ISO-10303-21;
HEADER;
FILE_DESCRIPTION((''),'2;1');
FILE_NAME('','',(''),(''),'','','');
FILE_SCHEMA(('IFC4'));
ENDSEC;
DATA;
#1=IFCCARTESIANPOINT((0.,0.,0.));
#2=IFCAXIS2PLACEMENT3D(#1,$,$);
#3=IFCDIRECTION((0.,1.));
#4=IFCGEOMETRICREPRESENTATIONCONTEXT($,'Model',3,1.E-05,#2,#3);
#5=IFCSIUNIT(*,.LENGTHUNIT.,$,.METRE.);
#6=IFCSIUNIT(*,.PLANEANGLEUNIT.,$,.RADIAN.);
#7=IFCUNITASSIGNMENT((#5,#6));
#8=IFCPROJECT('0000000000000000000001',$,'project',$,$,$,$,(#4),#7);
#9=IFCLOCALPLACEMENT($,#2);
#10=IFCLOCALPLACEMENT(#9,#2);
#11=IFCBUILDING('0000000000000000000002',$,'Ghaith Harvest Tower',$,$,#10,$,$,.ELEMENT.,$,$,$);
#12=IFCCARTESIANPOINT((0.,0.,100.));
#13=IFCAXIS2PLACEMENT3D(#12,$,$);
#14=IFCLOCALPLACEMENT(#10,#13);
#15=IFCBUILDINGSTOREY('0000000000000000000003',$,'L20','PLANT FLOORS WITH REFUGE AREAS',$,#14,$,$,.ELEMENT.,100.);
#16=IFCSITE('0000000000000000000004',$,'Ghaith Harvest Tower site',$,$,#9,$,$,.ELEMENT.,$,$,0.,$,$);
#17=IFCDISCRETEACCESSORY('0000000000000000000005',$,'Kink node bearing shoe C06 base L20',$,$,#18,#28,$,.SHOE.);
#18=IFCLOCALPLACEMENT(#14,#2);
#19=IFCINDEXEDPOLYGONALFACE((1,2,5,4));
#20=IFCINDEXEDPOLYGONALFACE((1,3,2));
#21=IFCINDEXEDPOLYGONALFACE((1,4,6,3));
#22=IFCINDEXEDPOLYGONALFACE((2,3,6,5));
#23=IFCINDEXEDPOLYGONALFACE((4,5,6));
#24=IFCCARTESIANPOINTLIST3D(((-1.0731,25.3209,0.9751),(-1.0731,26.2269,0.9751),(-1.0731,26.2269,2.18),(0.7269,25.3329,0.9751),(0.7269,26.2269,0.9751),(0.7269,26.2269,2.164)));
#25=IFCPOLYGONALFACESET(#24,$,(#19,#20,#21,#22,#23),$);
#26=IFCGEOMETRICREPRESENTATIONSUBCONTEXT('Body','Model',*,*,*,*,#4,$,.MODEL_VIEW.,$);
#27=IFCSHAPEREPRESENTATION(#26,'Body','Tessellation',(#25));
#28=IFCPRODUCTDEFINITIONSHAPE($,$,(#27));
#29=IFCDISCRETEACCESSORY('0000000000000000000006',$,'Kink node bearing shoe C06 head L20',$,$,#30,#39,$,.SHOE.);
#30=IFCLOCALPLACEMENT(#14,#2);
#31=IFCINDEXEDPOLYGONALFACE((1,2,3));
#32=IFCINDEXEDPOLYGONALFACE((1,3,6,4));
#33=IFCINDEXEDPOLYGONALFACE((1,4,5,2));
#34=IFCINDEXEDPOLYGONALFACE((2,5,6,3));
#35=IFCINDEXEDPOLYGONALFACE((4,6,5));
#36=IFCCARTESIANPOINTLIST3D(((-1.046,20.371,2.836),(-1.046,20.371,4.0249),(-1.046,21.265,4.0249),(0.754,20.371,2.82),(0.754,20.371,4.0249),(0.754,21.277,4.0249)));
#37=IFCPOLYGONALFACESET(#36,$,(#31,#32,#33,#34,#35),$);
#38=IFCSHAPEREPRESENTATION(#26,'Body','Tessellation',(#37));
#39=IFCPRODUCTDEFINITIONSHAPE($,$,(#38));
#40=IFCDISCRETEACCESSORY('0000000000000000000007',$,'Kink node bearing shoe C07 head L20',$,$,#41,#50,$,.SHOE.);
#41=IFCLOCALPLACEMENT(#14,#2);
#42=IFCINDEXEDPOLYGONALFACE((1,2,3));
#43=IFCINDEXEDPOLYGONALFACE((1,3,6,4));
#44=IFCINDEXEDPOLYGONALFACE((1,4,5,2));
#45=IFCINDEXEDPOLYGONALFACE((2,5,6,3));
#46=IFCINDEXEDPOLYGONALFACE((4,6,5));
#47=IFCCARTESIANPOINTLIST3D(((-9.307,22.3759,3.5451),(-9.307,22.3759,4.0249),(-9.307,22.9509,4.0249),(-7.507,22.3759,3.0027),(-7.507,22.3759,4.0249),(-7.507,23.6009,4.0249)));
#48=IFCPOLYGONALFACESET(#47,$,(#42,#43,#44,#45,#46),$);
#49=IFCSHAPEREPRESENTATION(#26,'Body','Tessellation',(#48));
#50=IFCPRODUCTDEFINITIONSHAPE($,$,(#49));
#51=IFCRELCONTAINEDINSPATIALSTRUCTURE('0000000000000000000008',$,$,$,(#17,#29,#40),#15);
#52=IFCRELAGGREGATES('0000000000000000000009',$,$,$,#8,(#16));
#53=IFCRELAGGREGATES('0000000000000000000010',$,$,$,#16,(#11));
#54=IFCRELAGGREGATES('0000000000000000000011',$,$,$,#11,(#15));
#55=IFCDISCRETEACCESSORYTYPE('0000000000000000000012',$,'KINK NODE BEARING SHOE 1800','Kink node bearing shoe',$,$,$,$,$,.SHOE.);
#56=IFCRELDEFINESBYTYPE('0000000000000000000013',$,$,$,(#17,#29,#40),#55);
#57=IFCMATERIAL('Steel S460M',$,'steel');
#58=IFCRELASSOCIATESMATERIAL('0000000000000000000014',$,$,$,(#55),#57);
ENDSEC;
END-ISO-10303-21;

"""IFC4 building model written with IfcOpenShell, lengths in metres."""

from ifc_helpers import new_model, si_unit, direction, frame, origin, origin_2d, place, context, subcontext, project, spatial, rectangle, extrude, clip, halfspace, material, material_profile, profile_set, type_object, element, save


model = new_model("IFC4")

# Units and contexts
model_context = context("Model", 3, precision=1e-05, world=origin(), true_north=direction((0.0, 1.0)))
body_context = subcontext(model_context, "Body", "Model", "MODEL_VIEW")
ifc_project = project(units=[si_unit("LENGTHUNIT", "METRE"), si_unit("PLANEANGLEUNIT", "RADIAN")], contexts=[model_context])

# Site, building, storey
site_placement = place(None, origin())
site = spatial("IfcSite", under=ifc_project, at=site_placement, Name="Ghaith Harvest Tower site", CompositionType="ELEMENT", RefElevation=0.0)
building_placement = place(site_placement, origin())
building = spatial("IfcBuilding", under=site, at=building_placement, Name="Ghaith Harvest Tower", CompositionType="ELEMENT")
storey_placement = place(building_placement, frame((0.0, 0.0, 100.0)))
storey = spatial("IfcBuildingStorey", under=building, at=storey_placement, Name="L20", Description="PLANT FLOORS WITH REFUGE AREAS", CompositionType="ELEMENT", Elevation=100.0)

# Discrete accessories
ifc_material_1 = material(Name="Steel S460M", Category="steel")
ifc_material_profile_1 = material_profile(ifc_material_1, rectangle(XDim=1.8, YDim=1.8, at=origin_2d()), Name="KINK NODE BEARING SHOE 1800")
ifc_profile_set_1 = profile_set([ifc_material_profile_1], Name="Steel S460M")
discrete_accessory_type = type_object("IfcDiscreteAccessoryType", Name="KINK NODE BEARING SHOE 1800", Description="Kink node bearing shoe", PredefinedType="SHOE", material=ifc_profile_set_1)
discrete_accessory_1_placement = place(storey_placement, frame((-0.1731, 25.3269, 0.9751), z_axis=(0.0, 0.0, 1.0), x_axis=(1.0, 0.0, 0.0)))
element("IfcDiscreteAccessory", 1, at=discrete_accessory_1_placement, inside=storey, type_object=discrete_accessory_type, Name="Kink node bearing shoe C06 base L20", PredefinedType="SHOE", context=body_context, shape_type="Clipping", body=[
    clip(extrude(rectangle(XDim=1.8, YDim=1.8, at=origin_2d()), origin(), (0.0, 0.0, 1.0), 1.2146), halfspace(frame((0.0, 0.0, 0.0), z_axis=(0.00532, -0.799231, 0.601), x_axis=(1.0, 0.0, 0.0)), False)),
])
discrete_accessory_2_placement = place(storey_placement, frame((-0.146, 21.271, 2.8103), z_axis=(0.0, 0.0, 1.0), x_axis=(1.0, 0.0, 0.0)))
element("IfcDiscreteAccessory", 2, at=discrete_accessory_2_placement, inside=storey, type_object=discrete_accessory_type, Name="Kink node bearing shoe C06 head L20", PredefinedType="SHOE", context=body_context, shape_type="Clipping", body=[
    clip(extrude(rectangle(XDim=1.8, YDim=1.8, at=origin_2d()), origin(), (0.0, 0.0, 1.0), 1.2146), halfspace(frame((0.0, 0.0, 1.2146), z_axis=(-0.00532, 0.799231, -0.601), x_axis=(1.0, 0.0, 0.0)), False)),
])
discrete_accessory_3_placement = place(storey_placement, frame((-8.407, 23.2759, 2.9929), z_axis=(0.0, 0.0, 1.0), x_axis=(1.0, 0.0, 0.0)))
element("IfcDiscreteAccessory", 3, at=discrete_accessory_3_placement, inside=storey, type_object=discrete_accessory_type, Name="Kink node bearing shoe C07 head L20", PredefinedType="SHOE", context=body_context, shape_type="Clipping", body=[
    clip(extrude(rectangle(XDim=1.8, YDim=1.8, at=origin_2d()), origin(), (0.0, 0.0, 1.0), 1.032), halfspace(frame((0.0, 0.0, 1.032), z_axis=(-0.225396, 0.624193, -0.748051), x_axis=(1.0, 0.0, 0.0)), False)),
])

save(model, "model.ifc")
